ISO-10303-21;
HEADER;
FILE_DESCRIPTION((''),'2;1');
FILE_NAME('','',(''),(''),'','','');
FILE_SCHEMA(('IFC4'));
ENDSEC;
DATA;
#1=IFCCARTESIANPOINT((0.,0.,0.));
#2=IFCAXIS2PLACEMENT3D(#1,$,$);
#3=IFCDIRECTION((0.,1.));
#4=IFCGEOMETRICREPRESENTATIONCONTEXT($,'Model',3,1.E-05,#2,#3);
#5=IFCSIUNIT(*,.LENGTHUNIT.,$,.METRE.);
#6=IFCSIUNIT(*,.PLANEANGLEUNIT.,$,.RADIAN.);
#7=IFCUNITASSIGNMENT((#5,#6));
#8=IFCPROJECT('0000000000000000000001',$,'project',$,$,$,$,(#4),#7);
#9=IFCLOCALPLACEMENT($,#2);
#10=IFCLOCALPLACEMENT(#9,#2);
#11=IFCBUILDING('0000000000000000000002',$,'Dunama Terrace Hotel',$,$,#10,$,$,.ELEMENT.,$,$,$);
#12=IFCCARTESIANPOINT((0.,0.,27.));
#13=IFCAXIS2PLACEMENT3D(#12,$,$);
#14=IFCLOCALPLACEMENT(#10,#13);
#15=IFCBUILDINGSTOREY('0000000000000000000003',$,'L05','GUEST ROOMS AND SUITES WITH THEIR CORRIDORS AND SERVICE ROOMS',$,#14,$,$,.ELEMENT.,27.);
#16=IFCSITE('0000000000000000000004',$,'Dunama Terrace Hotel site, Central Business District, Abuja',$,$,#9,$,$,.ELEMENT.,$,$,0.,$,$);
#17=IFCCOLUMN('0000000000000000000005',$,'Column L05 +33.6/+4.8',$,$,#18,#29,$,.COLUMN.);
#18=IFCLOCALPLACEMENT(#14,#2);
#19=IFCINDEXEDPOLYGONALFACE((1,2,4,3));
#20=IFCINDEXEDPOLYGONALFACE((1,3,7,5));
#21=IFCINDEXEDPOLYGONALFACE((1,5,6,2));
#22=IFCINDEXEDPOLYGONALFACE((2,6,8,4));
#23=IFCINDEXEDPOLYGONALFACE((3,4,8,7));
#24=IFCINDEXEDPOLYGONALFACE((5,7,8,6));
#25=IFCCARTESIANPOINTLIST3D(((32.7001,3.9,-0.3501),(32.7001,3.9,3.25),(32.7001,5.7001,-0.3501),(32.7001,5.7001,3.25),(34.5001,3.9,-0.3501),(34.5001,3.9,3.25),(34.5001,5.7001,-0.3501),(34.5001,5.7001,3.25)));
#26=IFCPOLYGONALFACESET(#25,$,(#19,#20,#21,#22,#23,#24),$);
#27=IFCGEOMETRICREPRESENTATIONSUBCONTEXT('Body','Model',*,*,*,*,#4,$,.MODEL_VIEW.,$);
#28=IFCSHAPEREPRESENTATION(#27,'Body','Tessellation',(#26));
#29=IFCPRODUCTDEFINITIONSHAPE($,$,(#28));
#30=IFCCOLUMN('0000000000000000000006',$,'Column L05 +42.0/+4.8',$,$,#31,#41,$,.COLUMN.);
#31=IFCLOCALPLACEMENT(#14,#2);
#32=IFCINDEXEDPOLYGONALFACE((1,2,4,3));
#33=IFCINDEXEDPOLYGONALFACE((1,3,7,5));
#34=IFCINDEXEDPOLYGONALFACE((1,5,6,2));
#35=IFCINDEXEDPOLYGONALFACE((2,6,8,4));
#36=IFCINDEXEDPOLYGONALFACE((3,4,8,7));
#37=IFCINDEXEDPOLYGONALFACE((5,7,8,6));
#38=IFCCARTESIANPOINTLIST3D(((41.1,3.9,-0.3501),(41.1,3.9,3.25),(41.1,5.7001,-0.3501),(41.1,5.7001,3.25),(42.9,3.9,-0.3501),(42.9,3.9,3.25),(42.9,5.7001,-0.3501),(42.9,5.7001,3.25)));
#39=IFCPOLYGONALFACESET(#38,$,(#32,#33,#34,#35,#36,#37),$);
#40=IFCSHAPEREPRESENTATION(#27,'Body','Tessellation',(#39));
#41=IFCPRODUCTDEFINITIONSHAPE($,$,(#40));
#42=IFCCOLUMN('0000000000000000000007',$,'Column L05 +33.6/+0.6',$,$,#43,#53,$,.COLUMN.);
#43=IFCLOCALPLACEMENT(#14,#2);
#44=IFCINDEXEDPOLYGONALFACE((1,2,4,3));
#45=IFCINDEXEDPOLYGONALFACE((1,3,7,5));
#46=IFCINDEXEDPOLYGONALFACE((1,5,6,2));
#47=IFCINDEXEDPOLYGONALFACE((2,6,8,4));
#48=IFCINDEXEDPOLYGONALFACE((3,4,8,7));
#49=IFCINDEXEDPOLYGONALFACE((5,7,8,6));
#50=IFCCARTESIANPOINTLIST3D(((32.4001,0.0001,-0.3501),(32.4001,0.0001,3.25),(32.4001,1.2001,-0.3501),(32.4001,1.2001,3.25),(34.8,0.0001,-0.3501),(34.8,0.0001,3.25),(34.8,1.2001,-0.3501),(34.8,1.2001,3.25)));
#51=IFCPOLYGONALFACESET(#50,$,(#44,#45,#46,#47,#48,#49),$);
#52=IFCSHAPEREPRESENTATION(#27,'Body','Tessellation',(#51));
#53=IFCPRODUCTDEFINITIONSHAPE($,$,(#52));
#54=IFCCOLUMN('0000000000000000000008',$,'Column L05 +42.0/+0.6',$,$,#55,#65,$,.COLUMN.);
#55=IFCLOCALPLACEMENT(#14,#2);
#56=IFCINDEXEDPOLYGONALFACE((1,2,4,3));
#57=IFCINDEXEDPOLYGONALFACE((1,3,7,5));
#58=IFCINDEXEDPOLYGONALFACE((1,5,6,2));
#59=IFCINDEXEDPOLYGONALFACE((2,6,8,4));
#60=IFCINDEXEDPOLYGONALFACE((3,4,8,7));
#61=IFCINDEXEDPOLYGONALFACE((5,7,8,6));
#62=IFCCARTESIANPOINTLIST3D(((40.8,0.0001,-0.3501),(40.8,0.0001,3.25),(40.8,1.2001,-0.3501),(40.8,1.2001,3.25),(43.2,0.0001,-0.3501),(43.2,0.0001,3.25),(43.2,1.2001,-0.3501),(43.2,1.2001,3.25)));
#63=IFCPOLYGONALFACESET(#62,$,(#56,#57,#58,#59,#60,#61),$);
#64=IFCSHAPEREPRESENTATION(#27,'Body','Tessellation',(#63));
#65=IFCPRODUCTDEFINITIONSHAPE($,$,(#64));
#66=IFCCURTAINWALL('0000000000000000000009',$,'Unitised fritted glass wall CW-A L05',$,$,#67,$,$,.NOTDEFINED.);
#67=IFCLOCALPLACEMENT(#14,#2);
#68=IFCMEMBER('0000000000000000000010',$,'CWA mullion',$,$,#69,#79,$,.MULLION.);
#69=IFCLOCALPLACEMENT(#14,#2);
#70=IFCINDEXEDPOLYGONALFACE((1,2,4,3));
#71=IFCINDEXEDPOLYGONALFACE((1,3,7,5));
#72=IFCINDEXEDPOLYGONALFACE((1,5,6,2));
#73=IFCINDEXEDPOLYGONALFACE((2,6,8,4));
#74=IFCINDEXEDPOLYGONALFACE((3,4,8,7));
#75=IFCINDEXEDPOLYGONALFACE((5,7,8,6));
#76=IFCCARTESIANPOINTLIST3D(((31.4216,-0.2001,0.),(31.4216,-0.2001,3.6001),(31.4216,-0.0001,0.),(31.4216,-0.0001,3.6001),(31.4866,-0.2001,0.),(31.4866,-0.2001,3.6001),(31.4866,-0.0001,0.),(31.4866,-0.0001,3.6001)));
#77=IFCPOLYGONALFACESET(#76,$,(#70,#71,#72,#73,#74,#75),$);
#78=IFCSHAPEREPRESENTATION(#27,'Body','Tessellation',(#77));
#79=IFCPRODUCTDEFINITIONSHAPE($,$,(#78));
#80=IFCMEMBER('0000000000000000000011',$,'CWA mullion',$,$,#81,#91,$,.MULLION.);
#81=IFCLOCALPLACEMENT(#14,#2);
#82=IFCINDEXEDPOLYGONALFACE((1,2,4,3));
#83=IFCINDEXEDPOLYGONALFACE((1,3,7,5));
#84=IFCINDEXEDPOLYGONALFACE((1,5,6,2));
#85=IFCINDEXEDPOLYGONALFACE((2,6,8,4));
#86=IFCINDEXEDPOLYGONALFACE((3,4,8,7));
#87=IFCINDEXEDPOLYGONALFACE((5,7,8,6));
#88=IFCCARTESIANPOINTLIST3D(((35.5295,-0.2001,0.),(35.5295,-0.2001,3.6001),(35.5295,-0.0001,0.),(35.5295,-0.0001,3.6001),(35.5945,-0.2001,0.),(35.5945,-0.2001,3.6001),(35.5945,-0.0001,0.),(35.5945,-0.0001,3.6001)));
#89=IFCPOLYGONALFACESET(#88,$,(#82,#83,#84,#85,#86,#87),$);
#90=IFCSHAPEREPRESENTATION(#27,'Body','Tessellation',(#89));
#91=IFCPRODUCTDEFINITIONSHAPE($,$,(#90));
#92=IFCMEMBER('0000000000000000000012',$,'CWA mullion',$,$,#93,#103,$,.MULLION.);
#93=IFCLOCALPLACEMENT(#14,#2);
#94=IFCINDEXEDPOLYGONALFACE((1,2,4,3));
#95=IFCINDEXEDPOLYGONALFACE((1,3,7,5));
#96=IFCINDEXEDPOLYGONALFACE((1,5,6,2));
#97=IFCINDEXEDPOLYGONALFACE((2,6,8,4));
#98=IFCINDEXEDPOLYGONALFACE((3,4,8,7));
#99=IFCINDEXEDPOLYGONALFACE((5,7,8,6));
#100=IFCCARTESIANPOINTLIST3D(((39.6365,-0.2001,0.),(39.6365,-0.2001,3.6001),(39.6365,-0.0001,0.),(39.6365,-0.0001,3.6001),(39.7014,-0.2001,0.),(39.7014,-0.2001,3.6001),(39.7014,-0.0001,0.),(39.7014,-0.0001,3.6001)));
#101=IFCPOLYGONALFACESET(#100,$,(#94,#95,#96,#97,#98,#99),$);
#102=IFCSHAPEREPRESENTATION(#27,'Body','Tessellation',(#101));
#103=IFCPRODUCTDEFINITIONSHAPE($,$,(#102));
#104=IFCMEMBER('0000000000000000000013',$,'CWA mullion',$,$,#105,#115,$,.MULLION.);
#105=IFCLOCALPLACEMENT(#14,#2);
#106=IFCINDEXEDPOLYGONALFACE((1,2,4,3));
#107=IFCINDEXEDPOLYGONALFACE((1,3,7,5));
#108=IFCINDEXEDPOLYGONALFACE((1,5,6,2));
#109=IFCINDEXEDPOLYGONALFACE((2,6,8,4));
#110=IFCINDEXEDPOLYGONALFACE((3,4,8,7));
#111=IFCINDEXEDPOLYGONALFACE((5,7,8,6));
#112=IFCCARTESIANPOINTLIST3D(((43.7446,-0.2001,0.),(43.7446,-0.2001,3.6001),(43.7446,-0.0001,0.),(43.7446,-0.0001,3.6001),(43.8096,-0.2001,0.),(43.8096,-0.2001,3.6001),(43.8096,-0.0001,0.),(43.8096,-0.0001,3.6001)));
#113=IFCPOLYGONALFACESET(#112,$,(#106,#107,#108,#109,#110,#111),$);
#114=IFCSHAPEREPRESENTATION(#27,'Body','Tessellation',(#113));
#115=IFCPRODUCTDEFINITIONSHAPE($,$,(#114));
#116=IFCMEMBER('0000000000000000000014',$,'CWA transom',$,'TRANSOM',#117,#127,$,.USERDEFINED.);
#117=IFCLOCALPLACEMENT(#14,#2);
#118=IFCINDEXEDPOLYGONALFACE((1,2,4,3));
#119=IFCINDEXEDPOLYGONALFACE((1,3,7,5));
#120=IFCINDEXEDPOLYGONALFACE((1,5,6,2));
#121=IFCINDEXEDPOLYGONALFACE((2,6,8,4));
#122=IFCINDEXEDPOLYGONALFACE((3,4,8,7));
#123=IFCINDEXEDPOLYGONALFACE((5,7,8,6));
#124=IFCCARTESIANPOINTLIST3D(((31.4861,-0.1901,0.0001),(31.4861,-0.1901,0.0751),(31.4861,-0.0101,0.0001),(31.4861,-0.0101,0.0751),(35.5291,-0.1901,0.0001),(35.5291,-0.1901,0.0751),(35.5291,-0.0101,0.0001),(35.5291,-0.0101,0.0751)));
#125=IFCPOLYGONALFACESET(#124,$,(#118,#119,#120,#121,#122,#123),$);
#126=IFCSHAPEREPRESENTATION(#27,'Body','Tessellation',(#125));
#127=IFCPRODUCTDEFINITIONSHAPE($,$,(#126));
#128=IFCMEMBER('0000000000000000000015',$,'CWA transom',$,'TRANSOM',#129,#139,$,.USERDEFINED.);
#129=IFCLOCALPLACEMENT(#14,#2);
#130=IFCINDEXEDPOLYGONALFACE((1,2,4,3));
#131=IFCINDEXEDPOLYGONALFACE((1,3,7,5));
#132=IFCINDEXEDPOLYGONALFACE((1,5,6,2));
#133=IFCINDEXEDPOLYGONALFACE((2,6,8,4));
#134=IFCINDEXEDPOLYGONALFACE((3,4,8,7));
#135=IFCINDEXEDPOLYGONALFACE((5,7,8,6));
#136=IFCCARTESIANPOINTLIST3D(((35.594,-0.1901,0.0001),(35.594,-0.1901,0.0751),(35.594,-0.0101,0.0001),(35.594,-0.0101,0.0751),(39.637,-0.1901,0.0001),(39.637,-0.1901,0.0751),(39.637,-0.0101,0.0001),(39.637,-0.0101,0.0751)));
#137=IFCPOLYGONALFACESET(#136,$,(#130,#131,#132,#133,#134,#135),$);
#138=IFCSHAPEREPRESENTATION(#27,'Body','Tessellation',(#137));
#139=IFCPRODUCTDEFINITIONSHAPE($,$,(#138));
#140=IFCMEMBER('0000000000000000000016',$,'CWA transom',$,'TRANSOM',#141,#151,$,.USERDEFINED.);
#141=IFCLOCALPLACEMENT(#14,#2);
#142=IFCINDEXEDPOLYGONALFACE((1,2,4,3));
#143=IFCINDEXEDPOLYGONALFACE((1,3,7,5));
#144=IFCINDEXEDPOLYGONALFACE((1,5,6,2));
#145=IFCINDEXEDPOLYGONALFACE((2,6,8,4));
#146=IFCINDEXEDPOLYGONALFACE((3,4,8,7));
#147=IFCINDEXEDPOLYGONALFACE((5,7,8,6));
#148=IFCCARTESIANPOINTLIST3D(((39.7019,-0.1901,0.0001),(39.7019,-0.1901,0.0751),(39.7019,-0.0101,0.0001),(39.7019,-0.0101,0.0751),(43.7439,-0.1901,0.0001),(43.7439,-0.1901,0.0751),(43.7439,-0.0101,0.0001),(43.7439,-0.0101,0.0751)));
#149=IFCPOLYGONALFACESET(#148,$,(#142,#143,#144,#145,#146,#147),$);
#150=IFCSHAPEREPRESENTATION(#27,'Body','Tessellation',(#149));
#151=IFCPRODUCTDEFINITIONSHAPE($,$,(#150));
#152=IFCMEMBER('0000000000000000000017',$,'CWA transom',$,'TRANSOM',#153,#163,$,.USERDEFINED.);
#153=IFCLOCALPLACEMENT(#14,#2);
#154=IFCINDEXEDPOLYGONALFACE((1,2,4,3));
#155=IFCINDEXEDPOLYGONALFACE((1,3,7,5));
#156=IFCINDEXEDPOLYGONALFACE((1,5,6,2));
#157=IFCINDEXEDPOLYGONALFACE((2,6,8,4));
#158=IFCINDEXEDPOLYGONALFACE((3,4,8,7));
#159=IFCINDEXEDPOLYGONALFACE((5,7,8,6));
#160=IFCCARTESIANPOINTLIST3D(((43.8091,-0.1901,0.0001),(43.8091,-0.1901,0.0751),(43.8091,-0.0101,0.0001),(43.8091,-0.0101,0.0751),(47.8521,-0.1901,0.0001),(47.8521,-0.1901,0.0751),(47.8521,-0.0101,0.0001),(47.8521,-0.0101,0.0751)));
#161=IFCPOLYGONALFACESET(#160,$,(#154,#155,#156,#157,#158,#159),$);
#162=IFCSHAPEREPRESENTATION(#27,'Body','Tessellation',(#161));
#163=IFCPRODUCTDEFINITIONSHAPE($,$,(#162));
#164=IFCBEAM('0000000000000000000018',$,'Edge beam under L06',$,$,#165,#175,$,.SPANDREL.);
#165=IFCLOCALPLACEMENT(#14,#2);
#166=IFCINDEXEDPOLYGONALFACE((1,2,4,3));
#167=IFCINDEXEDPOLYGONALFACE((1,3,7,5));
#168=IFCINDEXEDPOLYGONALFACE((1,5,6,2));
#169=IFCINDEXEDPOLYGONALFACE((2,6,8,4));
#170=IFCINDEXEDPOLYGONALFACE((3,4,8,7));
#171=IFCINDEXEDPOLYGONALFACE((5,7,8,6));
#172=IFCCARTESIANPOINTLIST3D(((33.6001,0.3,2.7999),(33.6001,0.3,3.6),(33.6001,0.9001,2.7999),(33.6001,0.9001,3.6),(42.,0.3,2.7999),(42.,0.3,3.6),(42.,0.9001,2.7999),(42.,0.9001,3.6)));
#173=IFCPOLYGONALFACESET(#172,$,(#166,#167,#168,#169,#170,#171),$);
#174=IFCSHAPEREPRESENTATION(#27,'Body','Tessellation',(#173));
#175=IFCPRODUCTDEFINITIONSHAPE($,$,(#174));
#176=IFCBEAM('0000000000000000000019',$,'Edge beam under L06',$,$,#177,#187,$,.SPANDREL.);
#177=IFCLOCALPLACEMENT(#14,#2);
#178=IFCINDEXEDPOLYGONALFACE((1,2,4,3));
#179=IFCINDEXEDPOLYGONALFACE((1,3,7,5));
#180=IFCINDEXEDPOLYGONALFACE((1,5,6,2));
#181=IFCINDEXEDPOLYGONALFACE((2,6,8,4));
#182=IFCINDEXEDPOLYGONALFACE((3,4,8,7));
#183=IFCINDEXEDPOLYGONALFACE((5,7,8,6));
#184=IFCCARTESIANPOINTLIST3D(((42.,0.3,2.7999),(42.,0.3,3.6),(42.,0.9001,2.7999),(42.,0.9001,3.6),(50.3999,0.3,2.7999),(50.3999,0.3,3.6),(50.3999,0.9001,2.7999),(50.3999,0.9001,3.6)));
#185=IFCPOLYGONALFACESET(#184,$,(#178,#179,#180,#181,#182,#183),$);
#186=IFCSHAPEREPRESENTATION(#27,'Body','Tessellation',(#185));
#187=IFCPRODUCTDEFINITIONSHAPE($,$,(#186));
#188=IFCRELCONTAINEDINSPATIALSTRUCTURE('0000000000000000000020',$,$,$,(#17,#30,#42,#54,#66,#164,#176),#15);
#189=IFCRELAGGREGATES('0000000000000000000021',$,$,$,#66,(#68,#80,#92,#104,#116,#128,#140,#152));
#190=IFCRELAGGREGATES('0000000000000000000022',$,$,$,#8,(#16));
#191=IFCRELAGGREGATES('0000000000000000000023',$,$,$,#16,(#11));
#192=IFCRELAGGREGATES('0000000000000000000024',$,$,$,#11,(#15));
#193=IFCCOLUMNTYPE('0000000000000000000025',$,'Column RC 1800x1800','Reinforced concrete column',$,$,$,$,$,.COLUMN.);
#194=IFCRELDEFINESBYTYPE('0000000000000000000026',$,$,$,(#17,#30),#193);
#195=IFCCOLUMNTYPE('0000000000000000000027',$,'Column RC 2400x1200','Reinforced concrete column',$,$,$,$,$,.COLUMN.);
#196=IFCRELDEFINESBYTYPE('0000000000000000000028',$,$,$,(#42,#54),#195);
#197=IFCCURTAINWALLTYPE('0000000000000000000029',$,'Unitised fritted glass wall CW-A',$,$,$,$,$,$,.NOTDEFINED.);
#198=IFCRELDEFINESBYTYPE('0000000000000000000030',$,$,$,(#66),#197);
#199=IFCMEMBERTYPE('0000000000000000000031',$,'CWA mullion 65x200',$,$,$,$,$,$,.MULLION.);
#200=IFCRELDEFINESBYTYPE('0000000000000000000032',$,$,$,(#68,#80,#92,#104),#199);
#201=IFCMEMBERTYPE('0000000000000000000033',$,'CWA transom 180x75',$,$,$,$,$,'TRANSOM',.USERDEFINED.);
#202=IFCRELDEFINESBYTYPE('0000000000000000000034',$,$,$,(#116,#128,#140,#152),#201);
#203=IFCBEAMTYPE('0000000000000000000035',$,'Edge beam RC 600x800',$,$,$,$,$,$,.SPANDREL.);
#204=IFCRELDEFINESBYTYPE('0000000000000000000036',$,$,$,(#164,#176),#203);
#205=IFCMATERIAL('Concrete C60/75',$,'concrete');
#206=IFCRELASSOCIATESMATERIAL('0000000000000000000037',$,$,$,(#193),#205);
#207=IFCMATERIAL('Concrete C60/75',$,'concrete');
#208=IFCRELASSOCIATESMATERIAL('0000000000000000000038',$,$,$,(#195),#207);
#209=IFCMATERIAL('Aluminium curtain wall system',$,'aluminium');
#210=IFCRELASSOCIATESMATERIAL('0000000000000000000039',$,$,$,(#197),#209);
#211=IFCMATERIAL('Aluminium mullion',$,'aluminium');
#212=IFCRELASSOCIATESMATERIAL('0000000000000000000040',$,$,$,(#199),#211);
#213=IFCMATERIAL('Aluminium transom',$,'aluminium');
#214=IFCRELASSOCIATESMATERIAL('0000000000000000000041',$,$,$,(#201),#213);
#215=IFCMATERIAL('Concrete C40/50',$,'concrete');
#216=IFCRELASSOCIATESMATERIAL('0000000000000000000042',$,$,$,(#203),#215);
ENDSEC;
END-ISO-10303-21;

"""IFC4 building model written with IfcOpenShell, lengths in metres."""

from ifc_helpers import new_model, si_unit, direction, frame, origin, origin_2d, place, context, subcontext, project, spatial, rectangle, extrude, material, material_profile, profile_set, type_object, element, aggregate, save


model = new_model("IFC4")

# Units and contexts
model_context = context("Model", 3, precision=1e-05, world=origin(), true_north=direction((0.0, 1.0)))
body_context = subcontext(model_context, "Body", "Model", "MODEL_VIEW")
ifc_project = project(units=[si_unit("LENGTHUNIT", "METRE"), si_unit("PLANEANGLEUNIT", "RADIAN")], contexts=[model_context])

# Site, building, storey
site_placement = place(None, origin())
site = spatial("IfcSite", under=ifc_project, at=site_placement, Name="Dunama Terrace Hotel site, Central Business District, Abuja", CompositionType="ELEMENT", RefElevation=0.0)
building_placement = place(site_placement, origin())
building = spatial("IfcBuilding", under=site, at=building_placement, Name="Dunama Terrace Hotel", CompositionType="ELEMENT")
storey_placement = place(building_placement, frame((0.0, 0.0, 27.0)))
storey = spatial("IfcBuildingStorey", under=building, at=storey_placement, Name="L05", Description="GUEST ROOMS AND SUITES WITH THEIR CORRIDORS AND SERVICE ROOMS", CompositionType="ELEMENT", Elevation=27.0)

# Columns
ifc_material_1 = material(Name="Concrete C60/75", Category="concrete")
ifc_material_profile_1 = material_profile(ifc_material_1, rectangle(XDim=1.8, YDim=1.8, at=origin_2d()), Name="RC 1800x1800")
ifc_profile_set_1 = profile_set([ifc_material_profile_1], Name="Concrete C60/75")
column_type_1 = type_object("IfcColumnType", Name="Column RC 1800x1800", Description="Reinforced concrete column", PredefinedType="COLUMN", material=ifc_profile_set_1)
for number, where, z_axis, x_axis, name in (
    (1, (33.6001, 4.8, -0.3501), (0.0, 0.0, 1.0), (1.0, 0.0, 0.0), "Column L05 +33.6/+4.8"),
    (2, (42.0, 4.8, -0.3501), (0.0, 0.0, 1.0), (1.0, 0.0, 0.0), "Column L05 +42.0/+4.8"),
):
    element("IfcColumn", number, at=place(storey_placement, frame(where, z_axis=z_axis, x_axis=x_axis)), inside=storey, type_object=column_type_1, Name=name, PredefinedType="COLUMN", context=body_context, shape_type="SweptSolid", body=[
        extrude(rectangle(XDim=1.8, YDim=1.8, at=origin_2d()), origin(), (0.0, 0.0, 1.0), 3.6001),
    ])
ifc_material_2 = material(Name="Concrete C60/75", Category="concrete")
ifc_material_profile_2 = material_profile(ifc_material_2, rectangle(XDim=2.3999, YDim=1.2, at=origin_2d()), Name="RC 2400x1200")
ifc_profile_set_2 = profile_set([ifc_material_profile_2], Name="Concrete C60/75")
column_type_2 = type_object("IfcColumnType", Name="Column RC 2400x1200", Description="Reinforced concrete column", PredefinedType="COLUMN", material=ifc_profile_set_2)
for number, where, z_axis, x_axis, name in (
    (3, (33.6001, 0.6001, -0.3501), (0.0, 0.0, 1.0), (1.0, 0.0, 0.0), "Column L05 +33.6/+0.6"),
    (4, (42.0, 0.6001, -0.3501), (0.0, 0.0, 1.0), (1.0, 0.0, 0.0), "Column L05 +42.0/+0.6"),
):
    element("IfcColumn", number, at=place(storey_placement, frame(where, z_axis=z_axis, x_axis=x_axis)), inside=storey, type_object=column_type_2, Name=name, PredefinedType="COLUMN", context=body_context, shape_type="SweptSolid", body=[
        extrude(rectangle(XDim=2.3999, YDim=1.2, at=origin_2d()), origin(), (0.0, 0.0, 1.0), 3.6001),
    ])

# Curtain wall, members
ifc_material_3 = material(Name="Aluminium curtain wall system", Category="aluminium")
curtain_wall_type = type_object("IfcCurtainWallType", Name="Unitised fritted glass wall CW-A", PredefinedType="NOTDEFINED", material=ifc_material_3)
curtain_wall_placement = place(storey_placement, origin())
curtain_wall = element("IfcCurtainWall", 5, at=curtain_wall_placement, inside=storey, type_object=curtain_wall_type, Name="Unitised fritted glass wall CW-A L05", PredefinedType="NOTDEFINED")
ifc_material_4 = material(Name="Aluminium mullion", Category="aluminium")
ifc_material_profile_3 = material_profile(ifc_material_4, rectangle(XDim=0.0649, YDim=0.2, at=origin_2d()), Name="CWA MULLION 65X200")
ifc_profile_set_3 = profile_set([ifc_material_profile_3], Name="Aluminium mullion")
member_type_1 = type_object("IfcMemberType", Name="CWA mullion 65x200", PredefinedType="MULLION", material=ifc_profile_set_3)
member_1_placement = place(storey_placement, frame((31.4541, -0.1001, 0.0), z_axis=(0.0, 0.0, 1.0), x_axis=(1.0, 0.0, 0.0)))
member_1 = element("IfcMember", 6, at=member_1_placement, type_object=member_type_1, Name="CWA mullion", PredefinedType="MULLION", context=body_context, shape_type="SweptSolid", body=[
    extrude(rectangle(XDim=0.0649, YDim=0.2, at=origin_2d()), origin(), (0.0, 0.0, 1.0), 3.6001),
])
member_2_placement = place(storey_placement, frame((35.562, -0.1001, 0.0), z_axis=(0.0, 0.0, 1.0), x_axis=(1.0, 0.0, 0.0)))
member_2 = element("IfcMember", 7, at=member_2_placement, type_object=member_type_1, Name="CWA mullion", PredefinedType="MULLION", context=body_context, shape_type="SweptSolid", body=[
    extrude(rectangle(XDim=0.0649, YDim=0.2, at=origin_2d()), origin(), (0.0, 0.0, 1.0), 3.6001),
])
member_3_placement = place(storey_placement, frame((39.6689, -0.1001, 0.0), z_axis=(0.0, 0.0, 1.0), x_axis=(1.0, 0.0, 0.0)))
member_3 = element("IfcMember", 8, at=member_3_placement, type_object=member_type_1, Name="CWA mullion", PredefinedType="MULLION", context=body_context, shape_type="SweptSolid", body=[
    extrude(rectangle(XDim=0.0649, YDim=0.2, at=origin_2d()), origin(), (0.0, 0.0, 1.0), 3.6001),
])
member_4_placement = place(storey_placement, frame((43.7771, -0.1001, 0.0), z_axis=(0.0, 0.0, 1.0), x_axis=(1.0, 0.0, 0.0)))
member_4 = element("IfcMember", 9, at=member_4_placement, type_object=member_type_1, Name="CWA mullion", PredefinedType="MULLION", context=body_context, shape_type="SweptSolid", body=[
    extrude(rectangle(XDim=0.0649, YDim=0.2, at=origin_2d()), origin(), (0.0, 0.0, 1.0), 3.6001),
])
ifc_material_5 = material(Name="Aluminium transom", Category="aluminium")
ifc_material_profile_4 = material_profile(ifc_material_5, rectangle(XDim=0.1799, YDim=0.075, at=origin_2d()), Name="CWA TRANSOM 180X75")
ifc_profile_set_4 = profile_set([ifc_material_profile_4], Name="Aluminium transom")
member_type_2 = type_object("IfcMemberType", Name="CWA transom 180x75", ElementType="TRANSOM", PredefinedType="USERDEFINED", material=ifc_profile_set_4)
member_5_placement = place(storey_placement, frame((31.4861, -0.1001, 0.0376), z_axis=(1.0, 0.0, 0.0), x_axis=(0.0, 1.0, 0.0)))
member_5 = element("IfcMember", 10, at=member_5_placement, type_object=member_type_2, Name="CWA transom", ObjectType="TRANSOM", PredefinedType="USERDEFINED", context=body_context, shape_type="SweptSolid", body=[
    extrude(rectangle(XDim=0.1799, YDim=0.075, at=origin_2d()), origin(), (0.0, 0.0, 1.0), 4.043),
])
member_6_placement = place(storey_placement, frame((35.594, -0.1001, 0.0376), z_axis=(1.0, 0.0, 0.0), x_axis=(0.0, 1.0, 0.0)))
member_6 = element("IfcMember", 11, at=member_6_placement, type_object=member_type_2, Name="CWA transom", ObjectType="TRANSOM", PredefinedType="USERDEFINED", context=body_context, shape_type="SweptSolid", body=[
    extrude(rectangle(XDim=0.1799, YDim=0.075, at=origin_2d()), origin(), (0.0, 0.0, 1.0), 4.043),
])
member_7_placement = place(storey_placement, frame((39.7019, -0.1001, 0.0376), z_axis=(1.0, 0.0, 0.0), x_axis=(0.0, 1.0, 0.0)))
member_7 = element("IfcMember", 12, at=member_7_placement, type_object=member_type_2, Name="CWA transom", ObjectType="TRANSOM", PredefinedType="USERDEFINED", context=body_context, shape_type="SweptSolid", body=[
    extrude(rectangle(XDim=0.1799, YDim=0.075, at=origin_2d()), origin(), (0.0, 0.0, 1.0), 4.042),
])
member_8_placement = place(storey_placement, frame((43.8091, -0.1001, 0.0376), z_axis=(1.0, 0.0, 0.0), x_axis=(0.0, 1.0, 0.0)))
member_8 = element("IfcMember", 13, at=member_8_placement, type_object=member_type_2, Name="CWA transom", ObjectType="TRANSOM", PredefinedType="USERDEFINED", context=body_context, shape_type="SweptSolid", body=[
    extrude(rectangle(XDim=0.1799, YDim=0.075, at=origin_2d()), origin(), (0.0, 0.0, 1.0), 4.043),
])

# Beams
ifc_material_6 = material(Name="Concrete C40/50", Category="concrete")
ifc_material_profile_5 = material_profile(ifc_material_6, rectangle(XDim=0.6001, YDim=0.8, at=origin_2d()), Name="RC 600x800")
ifc_profile_set_5 = profile_set([ifc_material_profile_5], Name="Concrete C40/50")
beam_type = type_object("IfcBeamType", Name="Edge beam RC 600x800", PredefinedType="SPANDREL", material=ifc_profile_set_5)
for number, where, z_axis, x_axis, name in (
    (14, (33.6001, 0.6001, 3.2), (1.0, 0.0, 0.0), (0.0, 1.0, 0.0), "Edge beam under L06"),
    (15, (42.0, 0.6001, 3.2), (1.0, 0.0, 0.0), (0.0, 1.0, 0.0), "Edge beam under L06"),
):
    element("IfcBeam", number, at=place(storey_placement, frame(where, z_axis=z_axis, x_axis=x_axis)), inside=storey, type_object=beam_type, Name=name, PredefinedType="SPANDREL", context=body_context, shape_type="SweptSolid", body=[
        extrude(rectangle(XDim=0.6001, YDim=0.8, at=origin_2d()), origin(), (0.0, 0.0, 1.0), 8.3999),
    ])

aggregate(curtain_wall, [member_1, member_2, member_3, member_4, member_5, member_6, member_7, member_8])

save(model, "model.ifc")
